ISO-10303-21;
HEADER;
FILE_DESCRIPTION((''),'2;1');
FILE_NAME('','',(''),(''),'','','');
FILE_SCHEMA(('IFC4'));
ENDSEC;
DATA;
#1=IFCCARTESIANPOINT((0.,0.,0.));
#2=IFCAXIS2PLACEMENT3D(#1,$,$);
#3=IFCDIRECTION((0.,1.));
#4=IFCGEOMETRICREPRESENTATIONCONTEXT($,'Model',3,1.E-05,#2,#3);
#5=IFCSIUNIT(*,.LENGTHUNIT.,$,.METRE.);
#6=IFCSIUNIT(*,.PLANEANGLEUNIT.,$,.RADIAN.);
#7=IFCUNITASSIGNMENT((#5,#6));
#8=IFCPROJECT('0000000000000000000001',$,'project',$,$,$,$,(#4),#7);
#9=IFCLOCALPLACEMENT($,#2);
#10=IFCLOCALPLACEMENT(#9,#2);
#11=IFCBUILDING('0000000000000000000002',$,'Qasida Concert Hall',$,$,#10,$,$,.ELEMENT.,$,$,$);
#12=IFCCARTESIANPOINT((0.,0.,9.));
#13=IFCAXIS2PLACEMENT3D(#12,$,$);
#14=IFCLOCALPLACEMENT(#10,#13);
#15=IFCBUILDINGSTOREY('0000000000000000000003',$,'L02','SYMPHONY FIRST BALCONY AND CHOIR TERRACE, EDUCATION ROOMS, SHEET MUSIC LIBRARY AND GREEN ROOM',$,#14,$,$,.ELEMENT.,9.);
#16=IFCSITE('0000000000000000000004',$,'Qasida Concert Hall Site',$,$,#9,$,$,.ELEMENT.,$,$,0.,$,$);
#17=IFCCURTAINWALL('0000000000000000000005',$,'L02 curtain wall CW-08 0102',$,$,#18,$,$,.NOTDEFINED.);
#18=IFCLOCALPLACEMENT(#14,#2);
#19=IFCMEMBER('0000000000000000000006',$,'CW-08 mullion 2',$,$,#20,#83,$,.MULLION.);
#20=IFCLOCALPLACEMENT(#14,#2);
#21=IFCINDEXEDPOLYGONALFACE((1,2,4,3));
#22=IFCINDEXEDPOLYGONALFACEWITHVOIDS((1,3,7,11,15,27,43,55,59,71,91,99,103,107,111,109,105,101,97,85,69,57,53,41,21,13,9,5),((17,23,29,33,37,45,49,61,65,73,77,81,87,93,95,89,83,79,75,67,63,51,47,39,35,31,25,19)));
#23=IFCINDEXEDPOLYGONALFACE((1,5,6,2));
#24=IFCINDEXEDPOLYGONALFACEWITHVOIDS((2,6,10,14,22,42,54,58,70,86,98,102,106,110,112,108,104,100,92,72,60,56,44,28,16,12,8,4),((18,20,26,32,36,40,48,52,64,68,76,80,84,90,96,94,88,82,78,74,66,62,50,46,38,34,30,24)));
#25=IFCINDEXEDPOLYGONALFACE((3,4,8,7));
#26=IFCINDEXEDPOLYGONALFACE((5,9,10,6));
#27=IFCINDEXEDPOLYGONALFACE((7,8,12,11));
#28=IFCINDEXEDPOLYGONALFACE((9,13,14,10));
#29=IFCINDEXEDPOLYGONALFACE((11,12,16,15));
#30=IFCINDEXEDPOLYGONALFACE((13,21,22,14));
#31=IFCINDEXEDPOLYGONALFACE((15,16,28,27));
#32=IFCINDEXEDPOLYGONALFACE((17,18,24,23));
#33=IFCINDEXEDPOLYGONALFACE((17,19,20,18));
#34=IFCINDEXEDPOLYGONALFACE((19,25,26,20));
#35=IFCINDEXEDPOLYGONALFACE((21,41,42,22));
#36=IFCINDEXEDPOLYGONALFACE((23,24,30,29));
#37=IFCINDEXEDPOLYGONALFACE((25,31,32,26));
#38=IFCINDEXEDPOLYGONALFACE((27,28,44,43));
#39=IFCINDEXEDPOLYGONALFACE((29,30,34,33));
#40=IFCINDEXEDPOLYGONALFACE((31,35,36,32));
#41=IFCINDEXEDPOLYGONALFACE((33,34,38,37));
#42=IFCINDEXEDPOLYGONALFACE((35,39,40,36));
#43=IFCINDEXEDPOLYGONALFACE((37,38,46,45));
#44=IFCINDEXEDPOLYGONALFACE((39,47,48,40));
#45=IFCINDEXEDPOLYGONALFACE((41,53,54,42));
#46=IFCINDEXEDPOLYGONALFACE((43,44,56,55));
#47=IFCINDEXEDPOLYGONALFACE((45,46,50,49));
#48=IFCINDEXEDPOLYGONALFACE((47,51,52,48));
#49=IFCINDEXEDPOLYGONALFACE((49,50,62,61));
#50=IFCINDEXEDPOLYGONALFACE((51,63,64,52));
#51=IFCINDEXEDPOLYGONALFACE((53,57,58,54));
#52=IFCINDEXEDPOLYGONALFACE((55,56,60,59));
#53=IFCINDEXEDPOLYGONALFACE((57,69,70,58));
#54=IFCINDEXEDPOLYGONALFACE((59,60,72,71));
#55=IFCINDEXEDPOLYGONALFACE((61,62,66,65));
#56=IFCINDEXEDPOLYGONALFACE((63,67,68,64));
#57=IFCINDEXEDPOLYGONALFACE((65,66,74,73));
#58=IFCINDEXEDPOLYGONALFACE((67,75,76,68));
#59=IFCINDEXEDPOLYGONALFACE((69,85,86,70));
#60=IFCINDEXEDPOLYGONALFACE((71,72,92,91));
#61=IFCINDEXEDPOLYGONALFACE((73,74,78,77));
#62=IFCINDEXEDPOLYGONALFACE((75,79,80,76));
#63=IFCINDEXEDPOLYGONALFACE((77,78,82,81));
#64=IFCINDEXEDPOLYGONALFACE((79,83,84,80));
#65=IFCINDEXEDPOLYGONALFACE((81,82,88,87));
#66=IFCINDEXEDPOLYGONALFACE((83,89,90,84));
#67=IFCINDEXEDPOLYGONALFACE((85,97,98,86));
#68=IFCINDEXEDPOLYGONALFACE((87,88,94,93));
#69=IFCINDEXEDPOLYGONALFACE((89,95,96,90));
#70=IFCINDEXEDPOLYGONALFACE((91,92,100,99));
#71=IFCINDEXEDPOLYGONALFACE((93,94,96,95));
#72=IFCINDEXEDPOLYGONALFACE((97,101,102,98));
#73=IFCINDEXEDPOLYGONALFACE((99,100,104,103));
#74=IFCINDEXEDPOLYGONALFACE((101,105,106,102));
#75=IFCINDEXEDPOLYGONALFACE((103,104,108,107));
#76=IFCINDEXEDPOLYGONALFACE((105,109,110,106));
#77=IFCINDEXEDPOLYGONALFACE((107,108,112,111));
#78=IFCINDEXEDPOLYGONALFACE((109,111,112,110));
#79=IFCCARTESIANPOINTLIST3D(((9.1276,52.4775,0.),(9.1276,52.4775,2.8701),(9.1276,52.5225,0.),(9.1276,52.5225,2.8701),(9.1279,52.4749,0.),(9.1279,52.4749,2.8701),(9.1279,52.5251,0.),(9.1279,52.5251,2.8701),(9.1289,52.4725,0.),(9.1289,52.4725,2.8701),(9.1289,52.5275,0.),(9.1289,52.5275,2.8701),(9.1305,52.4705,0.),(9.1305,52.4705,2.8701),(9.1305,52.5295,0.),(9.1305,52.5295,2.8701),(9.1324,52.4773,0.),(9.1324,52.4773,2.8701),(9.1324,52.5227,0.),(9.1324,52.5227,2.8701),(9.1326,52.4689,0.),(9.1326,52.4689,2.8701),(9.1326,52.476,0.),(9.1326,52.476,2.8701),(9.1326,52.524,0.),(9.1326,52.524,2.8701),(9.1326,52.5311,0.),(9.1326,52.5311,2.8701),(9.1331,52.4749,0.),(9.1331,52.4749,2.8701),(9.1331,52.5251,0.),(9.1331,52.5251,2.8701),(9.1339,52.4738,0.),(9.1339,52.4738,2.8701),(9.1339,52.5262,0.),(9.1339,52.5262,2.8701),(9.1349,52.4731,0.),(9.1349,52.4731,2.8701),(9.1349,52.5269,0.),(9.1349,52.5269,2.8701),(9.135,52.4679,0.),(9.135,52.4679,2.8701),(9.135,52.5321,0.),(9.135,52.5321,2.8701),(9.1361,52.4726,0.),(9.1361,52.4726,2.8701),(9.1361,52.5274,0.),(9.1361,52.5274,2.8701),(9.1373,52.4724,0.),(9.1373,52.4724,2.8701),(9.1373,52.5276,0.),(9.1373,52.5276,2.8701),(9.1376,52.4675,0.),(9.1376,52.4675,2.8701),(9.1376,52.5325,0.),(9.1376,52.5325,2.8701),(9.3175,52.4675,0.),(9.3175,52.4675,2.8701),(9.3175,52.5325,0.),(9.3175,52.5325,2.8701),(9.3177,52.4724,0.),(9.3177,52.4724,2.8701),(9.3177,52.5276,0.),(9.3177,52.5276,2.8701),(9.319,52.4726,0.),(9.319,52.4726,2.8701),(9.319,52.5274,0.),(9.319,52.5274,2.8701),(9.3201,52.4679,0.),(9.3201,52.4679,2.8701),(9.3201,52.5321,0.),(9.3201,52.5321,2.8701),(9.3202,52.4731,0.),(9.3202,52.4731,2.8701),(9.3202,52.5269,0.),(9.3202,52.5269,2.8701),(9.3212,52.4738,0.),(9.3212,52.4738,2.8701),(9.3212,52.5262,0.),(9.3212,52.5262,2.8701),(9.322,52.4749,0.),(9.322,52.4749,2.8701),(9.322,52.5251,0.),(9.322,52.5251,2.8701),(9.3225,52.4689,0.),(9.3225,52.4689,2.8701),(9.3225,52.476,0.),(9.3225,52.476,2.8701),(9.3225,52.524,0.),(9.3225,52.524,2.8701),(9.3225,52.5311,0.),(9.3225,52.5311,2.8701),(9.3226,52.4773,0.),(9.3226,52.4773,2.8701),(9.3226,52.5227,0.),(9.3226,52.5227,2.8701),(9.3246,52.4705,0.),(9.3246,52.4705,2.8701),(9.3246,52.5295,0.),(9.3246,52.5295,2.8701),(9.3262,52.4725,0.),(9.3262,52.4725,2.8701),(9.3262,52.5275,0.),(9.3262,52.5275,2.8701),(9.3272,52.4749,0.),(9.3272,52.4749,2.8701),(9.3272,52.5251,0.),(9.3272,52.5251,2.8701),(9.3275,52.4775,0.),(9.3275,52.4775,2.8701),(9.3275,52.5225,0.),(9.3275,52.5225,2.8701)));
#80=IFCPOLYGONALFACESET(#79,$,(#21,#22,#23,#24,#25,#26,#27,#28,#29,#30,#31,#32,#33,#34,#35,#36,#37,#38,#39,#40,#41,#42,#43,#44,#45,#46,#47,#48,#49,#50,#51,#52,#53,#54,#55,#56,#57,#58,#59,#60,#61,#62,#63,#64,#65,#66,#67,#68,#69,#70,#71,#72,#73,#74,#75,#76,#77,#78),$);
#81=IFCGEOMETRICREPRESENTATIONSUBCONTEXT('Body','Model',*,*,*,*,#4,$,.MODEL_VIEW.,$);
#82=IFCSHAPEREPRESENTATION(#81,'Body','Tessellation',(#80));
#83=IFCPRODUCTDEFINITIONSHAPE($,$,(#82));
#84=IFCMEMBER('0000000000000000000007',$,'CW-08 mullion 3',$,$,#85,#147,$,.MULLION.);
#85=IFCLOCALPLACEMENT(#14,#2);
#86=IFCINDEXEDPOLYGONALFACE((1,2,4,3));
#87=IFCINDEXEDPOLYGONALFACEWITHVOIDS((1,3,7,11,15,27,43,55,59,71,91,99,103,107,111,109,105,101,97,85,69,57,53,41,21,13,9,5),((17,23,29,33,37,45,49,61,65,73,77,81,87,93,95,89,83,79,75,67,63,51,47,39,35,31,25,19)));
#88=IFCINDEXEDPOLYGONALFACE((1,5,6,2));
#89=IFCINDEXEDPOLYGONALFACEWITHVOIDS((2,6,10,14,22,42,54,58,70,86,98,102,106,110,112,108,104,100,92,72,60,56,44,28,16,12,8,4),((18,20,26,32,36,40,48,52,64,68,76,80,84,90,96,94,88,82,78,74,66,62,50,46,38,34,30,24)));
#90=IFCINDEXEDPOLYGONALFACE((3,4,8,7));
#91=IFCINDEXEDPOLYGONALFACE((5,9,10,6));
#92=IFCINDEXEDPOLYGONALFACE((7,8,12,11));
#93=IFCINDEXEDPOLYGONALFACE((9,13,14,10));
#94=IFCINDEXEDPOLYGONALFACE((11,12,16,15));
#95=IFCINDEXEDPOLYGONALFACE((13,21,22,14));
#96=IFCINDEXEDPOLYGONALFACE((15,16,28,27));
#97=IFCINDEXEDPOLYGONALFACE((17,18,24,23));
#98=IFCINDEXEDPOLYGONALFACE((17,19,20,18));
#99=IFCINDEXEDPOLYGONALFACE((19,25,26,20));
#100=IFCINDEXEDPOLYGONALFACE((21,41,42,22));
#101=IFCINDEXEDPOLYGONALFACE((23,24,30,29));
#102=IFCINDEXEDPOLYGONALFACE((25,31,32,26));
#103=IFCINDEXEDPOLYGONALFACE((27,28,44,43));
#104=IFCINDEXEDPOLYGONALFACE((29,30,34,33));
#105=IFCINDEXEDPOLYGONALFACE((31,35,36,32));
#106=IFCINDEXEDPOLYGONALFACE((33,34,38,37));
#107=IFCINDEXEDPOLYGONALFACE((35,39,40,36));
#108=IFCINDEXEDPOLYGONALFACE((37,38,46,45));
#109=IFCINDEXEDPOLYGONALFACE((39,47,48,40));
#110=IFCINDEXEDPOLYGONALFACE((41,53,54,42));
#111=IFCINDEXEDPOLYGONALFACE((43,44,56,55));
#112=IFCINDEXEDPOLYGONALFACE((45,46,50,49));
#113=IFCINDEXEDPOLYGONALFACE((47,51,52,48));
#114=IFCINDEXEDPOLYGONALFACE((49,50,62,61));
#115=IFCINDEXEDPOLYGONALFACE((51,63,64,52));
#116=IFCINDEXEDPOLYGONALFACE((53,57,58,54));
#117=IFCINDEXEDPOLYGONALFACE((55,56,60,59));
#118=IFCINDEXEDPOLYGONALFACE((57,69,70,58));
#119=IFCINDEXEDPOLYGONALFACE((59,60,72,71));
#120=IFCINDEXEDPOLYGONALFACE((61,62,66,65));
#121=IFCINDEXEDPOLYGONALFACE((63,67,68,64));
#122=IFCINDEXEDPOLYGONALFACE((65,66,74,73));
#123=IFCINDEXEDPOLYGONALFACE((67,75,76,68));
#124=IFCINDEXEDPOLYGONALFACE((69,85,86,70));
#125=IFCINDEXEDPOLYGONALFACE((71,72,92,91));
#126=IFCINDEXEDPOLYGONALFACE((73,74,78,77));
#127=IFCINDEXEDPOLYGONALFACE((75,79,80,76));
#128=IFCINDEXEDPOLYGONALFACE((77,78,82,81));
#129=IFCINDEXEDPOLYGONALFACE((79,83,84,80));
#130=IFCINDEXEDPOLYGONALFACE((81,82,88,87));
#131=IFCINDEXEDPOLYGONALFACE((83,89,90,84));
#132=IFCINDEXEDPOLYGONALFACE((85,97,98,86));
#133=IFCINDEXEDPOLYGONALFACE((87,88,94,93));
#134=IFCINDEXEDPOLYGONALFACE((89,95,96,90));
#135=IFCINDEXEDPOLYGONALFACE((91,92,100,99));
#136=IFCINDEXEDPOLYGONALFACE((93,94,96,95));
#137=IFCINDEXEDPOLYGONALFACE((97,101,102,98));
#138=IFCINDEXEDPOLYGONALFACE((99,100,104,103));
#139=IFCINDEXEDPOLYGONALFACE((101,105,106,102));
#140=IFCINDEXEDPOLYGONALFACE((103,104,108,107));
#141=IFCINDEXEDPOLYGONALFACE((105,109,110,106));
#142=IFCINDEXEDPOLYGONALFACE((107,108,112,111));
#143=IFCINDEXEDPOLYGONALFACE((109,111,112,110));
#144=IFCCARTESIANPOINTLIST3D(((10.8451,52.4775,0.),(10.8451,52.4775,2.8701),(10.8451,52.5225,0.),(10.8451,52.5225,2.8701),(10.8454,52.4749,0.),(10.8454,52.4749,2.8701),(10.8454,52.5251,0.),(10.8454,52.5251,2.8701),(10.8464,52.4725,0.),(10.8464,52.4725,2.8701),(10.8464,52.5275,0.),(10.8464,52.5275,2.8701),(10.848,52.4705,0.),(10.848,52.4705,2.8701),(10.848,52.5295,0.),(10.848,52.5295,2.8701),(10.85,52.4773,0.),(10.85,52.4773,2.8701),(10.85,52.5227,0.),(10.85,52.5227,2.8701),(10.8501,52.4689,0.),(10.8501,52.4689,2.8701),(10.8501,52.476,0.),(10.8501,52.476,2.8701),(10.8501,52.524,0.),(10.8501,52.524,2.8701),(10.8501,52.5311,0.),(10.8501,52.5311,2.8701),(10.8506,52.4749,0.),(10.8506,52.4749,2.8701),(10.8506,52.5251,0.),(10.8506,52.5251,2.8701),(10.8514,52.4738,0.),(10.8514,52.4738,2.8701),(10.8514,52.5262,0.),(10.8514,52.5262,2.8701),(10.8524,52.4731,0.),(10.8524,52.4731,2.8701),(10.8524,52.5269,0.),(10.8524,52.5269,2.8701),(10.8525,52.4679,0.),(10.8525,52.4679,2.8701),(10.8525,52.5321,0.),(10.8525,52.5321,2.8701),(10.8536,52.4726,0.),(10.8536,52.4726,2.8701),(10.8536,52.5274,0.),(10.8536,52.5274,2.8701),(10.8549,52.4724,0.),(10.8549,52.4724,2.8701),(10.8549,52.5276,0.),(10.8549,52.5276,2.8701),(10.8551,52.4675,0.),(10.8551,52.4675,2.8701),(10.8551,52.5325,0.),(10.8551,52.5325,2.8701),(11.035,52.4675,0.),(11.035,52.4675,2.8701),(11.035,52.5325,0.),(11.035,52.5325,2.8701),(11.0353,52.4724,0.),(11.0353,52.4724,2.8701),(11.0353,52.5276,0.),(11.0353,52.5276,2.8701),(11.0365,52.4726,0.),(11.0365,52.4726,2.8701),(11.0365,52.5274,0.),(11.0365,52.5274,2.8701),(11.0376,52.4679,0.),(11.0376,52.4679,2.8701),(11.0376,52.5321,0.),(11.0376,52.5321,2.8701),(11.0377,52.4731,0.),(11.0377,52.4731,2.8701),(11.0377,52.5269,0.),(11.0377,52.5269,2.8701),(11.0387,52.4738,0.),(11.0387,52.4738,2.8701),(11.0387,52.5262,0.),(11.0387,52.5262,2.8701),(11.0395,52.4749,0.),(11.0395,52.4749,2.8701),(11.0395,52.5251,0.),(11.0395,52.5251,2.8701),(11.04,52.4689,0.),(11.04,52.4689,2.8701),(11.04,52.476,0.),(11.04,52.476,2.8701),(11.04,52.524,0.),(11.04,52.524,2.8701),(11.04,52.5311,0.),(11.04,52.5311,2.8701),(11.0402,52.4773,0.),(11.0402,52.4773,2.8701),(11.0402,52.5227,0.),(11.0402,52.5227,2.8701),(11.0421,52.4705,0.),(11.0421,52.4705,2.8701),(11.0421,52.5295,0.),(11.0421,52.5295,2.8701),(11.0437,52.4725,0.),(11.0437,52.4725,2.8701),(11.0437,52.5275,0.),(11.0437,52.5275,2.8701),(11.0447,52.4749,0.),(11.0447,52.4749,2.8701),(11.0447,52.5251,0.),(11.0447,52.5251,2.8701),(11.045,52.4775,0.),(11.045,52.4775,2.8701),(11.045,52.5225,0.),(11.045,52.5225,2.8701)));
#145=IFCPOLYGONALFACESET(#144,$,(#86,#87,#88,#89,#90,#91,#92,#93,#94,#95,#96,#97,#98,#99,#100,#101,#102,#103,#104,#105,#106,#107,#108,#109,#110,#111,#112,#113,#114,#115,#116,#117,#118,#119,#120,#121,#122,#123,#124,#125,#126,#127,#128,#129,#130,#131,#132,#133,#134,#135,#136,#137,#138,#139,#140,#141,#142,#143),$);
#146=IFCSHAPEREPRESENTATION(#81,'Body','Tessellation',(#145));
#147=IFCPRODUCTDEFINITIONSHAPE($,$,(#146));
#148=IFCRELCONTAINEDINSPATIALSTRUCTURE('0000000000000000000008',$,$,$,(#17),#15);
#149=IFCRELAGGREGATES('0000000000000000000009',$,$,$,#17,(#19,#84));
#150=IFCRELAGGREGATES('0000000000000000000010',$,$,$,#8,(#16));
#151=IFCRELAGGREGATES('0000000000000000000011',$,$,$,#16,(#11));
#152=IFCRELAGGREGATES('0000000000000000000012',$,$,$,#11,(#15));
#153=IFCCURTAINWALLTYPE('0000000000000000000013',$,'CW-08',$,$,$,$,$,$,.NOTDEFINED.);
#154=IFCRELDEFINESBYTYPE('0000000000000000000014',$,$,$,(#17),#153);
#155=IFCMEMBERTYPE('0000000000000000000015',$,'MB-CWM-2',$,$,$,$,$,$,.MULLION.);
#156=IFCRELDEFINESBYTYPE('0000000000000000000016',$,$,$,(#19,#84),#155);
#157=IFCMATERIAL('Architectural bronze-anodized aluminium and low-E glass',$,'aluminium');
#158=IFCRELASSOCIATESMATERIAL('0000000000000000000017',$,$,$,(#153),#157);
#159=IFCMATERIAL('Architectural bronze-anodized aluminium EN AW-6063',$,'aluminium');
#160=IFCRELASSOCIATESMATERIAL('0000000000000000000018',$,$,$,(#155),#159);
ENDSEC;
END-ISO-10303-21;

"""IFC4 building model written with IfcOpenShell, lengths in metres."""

from ifc_helpers import new_model, si_unit, direction, frame, origin, origin_2d, place, context, subcontext, project, spatial, hollow_rectangle, extrude, material, material_profile, profile_set, type_object, element, aggregate, save


model = new_model("IFC4")

# Units and contexts
model_context = context("Model", 3, precision=1e-05, world=origin(), true_north=direction((0.0, 1.0)))
body_context = subcontext(model_context, "Body", "Model", "MODEL_VIEW")
ifc_project = project(units=[si_unit("LENGTHUNIT", "METRE"), si_unit("PLANEANGLEUNIT", "RADIAN")], contexts=[model_context])

# Site, building, storey
site_placement = place(None, origin())
site = spatial("IfcSite", under=ifc_project, at=site_placement, Name="Qasida Concert Hall Site", CompositionType="ELEMENT", RefElevation=0.0)
building_placement = place(site_placement, origin())
building = spatial("IfcBuilding", under=site, at=building_placement, Name="Qasida Concert Hall", CompositionType="ELEMENT")
storey_placement = place(building_placement, frame((0.0, 0.0, 9.0)))
storey = spatial("IfcBuildingStorey", under=building, at=storey_placement, Name="L02", Description="SYMPHONY FIRST BALCONY AND CHOIR TERRACE, EDUCATION ROOMS, SHEET MUSIC LIBRARY AND GREEN ROOM", CompositionType="ELEMENT", Elevation=9.0)

# Curtain wall, members
ifc_material_1 = material(Name="Architectural bronze-anodized aluminium and low-E glass", Category="aluminium")
curtain_wall_type = type_object("IfcCurtainWallType", Name="CW-08", PredefinedType="NOTDEFINED", material=ifc_material_1)
curtain_wall_placement = place(storey_placement, origin())
curtain_wall = element("IfcCurtainWall", 1, at=curtain_wall_placement, inside=storey, type_object=curtain_wall_type, Name="L02 curtain wall CW-08 0102", PredefinedType="NOTDEFINED")
ifc_material_2 = material(Name="Architectural bronze-anodized aluminium EN AW-6063", Category="aluminium")
ifc_material_profile_1 = material_profile(ifc_material_2, hollow_rectangle(XDim=0.0649, YDim=0.2, WallThickness=0.0049, InnerFilletRadius=0.0049, OuterFilletRadius=0.01, at=origin_2d()), Name="CWM 200x65x5")
ifc_profile_set_1 = profile_set([ifc_material_profile_1], Name="Architectural bronze-anodized aluminium EN AW-6063")
member_type_1 = type_object("IfcMemberType", Name="MB-CWM-2", PredefinedType="MULLION", material=ifc_profile_set_1)
member_1_placement = place(storey_placement, frame((9.2275, 52.5, 0.0), z_axis=(0.0, 0.0, 1.0), x_axis=(0.0, 1.0, 0.0)))
member_1 = element("IfcMember", 2, at=member_1_placement, type_object=member_type_1, Name="CW-08 mullion 2", PredefinedType="MULLION", context=body_context, shape_type="SweptSolid", body=[
    extrude(hollow_rectangle(XDim=0.0649, YDim=0.2, WallThickness=0.0049, InnerFilletRadius=0.0049, OuterFilletRadius=0.01, at=origin_2d()), origin(), (0.0, 0.0, 1.0), 2.8701),
])
member_2_placement = place(storey_placement, frame((10.9451, 52.5, 0.0), z_axis=(0.0, 0.0, 1.0), x_axis=(0.0, 1.0, 0.0)))
member_2 = element("IfcMember", 3, at=member_2_placement, type_object=member_type_1, Name="CW-08 mullion 3", PredefinedType="MULLION", context=body_context, shape_type="SweptSolid", body=[
    extrude(hollow_rectangle(XDim=0.0649, YDim=0.2, WallThickness=0.0049, InnerFilletRadius=0.0049, OuterFilletRadius=0.01, at=origin_2d()), origin(), (0.0, 0.0, 1.0), 2.8701),
])
aggregate(curtain_wall, [member_1, member_2])

save(model, "model.ifc")
